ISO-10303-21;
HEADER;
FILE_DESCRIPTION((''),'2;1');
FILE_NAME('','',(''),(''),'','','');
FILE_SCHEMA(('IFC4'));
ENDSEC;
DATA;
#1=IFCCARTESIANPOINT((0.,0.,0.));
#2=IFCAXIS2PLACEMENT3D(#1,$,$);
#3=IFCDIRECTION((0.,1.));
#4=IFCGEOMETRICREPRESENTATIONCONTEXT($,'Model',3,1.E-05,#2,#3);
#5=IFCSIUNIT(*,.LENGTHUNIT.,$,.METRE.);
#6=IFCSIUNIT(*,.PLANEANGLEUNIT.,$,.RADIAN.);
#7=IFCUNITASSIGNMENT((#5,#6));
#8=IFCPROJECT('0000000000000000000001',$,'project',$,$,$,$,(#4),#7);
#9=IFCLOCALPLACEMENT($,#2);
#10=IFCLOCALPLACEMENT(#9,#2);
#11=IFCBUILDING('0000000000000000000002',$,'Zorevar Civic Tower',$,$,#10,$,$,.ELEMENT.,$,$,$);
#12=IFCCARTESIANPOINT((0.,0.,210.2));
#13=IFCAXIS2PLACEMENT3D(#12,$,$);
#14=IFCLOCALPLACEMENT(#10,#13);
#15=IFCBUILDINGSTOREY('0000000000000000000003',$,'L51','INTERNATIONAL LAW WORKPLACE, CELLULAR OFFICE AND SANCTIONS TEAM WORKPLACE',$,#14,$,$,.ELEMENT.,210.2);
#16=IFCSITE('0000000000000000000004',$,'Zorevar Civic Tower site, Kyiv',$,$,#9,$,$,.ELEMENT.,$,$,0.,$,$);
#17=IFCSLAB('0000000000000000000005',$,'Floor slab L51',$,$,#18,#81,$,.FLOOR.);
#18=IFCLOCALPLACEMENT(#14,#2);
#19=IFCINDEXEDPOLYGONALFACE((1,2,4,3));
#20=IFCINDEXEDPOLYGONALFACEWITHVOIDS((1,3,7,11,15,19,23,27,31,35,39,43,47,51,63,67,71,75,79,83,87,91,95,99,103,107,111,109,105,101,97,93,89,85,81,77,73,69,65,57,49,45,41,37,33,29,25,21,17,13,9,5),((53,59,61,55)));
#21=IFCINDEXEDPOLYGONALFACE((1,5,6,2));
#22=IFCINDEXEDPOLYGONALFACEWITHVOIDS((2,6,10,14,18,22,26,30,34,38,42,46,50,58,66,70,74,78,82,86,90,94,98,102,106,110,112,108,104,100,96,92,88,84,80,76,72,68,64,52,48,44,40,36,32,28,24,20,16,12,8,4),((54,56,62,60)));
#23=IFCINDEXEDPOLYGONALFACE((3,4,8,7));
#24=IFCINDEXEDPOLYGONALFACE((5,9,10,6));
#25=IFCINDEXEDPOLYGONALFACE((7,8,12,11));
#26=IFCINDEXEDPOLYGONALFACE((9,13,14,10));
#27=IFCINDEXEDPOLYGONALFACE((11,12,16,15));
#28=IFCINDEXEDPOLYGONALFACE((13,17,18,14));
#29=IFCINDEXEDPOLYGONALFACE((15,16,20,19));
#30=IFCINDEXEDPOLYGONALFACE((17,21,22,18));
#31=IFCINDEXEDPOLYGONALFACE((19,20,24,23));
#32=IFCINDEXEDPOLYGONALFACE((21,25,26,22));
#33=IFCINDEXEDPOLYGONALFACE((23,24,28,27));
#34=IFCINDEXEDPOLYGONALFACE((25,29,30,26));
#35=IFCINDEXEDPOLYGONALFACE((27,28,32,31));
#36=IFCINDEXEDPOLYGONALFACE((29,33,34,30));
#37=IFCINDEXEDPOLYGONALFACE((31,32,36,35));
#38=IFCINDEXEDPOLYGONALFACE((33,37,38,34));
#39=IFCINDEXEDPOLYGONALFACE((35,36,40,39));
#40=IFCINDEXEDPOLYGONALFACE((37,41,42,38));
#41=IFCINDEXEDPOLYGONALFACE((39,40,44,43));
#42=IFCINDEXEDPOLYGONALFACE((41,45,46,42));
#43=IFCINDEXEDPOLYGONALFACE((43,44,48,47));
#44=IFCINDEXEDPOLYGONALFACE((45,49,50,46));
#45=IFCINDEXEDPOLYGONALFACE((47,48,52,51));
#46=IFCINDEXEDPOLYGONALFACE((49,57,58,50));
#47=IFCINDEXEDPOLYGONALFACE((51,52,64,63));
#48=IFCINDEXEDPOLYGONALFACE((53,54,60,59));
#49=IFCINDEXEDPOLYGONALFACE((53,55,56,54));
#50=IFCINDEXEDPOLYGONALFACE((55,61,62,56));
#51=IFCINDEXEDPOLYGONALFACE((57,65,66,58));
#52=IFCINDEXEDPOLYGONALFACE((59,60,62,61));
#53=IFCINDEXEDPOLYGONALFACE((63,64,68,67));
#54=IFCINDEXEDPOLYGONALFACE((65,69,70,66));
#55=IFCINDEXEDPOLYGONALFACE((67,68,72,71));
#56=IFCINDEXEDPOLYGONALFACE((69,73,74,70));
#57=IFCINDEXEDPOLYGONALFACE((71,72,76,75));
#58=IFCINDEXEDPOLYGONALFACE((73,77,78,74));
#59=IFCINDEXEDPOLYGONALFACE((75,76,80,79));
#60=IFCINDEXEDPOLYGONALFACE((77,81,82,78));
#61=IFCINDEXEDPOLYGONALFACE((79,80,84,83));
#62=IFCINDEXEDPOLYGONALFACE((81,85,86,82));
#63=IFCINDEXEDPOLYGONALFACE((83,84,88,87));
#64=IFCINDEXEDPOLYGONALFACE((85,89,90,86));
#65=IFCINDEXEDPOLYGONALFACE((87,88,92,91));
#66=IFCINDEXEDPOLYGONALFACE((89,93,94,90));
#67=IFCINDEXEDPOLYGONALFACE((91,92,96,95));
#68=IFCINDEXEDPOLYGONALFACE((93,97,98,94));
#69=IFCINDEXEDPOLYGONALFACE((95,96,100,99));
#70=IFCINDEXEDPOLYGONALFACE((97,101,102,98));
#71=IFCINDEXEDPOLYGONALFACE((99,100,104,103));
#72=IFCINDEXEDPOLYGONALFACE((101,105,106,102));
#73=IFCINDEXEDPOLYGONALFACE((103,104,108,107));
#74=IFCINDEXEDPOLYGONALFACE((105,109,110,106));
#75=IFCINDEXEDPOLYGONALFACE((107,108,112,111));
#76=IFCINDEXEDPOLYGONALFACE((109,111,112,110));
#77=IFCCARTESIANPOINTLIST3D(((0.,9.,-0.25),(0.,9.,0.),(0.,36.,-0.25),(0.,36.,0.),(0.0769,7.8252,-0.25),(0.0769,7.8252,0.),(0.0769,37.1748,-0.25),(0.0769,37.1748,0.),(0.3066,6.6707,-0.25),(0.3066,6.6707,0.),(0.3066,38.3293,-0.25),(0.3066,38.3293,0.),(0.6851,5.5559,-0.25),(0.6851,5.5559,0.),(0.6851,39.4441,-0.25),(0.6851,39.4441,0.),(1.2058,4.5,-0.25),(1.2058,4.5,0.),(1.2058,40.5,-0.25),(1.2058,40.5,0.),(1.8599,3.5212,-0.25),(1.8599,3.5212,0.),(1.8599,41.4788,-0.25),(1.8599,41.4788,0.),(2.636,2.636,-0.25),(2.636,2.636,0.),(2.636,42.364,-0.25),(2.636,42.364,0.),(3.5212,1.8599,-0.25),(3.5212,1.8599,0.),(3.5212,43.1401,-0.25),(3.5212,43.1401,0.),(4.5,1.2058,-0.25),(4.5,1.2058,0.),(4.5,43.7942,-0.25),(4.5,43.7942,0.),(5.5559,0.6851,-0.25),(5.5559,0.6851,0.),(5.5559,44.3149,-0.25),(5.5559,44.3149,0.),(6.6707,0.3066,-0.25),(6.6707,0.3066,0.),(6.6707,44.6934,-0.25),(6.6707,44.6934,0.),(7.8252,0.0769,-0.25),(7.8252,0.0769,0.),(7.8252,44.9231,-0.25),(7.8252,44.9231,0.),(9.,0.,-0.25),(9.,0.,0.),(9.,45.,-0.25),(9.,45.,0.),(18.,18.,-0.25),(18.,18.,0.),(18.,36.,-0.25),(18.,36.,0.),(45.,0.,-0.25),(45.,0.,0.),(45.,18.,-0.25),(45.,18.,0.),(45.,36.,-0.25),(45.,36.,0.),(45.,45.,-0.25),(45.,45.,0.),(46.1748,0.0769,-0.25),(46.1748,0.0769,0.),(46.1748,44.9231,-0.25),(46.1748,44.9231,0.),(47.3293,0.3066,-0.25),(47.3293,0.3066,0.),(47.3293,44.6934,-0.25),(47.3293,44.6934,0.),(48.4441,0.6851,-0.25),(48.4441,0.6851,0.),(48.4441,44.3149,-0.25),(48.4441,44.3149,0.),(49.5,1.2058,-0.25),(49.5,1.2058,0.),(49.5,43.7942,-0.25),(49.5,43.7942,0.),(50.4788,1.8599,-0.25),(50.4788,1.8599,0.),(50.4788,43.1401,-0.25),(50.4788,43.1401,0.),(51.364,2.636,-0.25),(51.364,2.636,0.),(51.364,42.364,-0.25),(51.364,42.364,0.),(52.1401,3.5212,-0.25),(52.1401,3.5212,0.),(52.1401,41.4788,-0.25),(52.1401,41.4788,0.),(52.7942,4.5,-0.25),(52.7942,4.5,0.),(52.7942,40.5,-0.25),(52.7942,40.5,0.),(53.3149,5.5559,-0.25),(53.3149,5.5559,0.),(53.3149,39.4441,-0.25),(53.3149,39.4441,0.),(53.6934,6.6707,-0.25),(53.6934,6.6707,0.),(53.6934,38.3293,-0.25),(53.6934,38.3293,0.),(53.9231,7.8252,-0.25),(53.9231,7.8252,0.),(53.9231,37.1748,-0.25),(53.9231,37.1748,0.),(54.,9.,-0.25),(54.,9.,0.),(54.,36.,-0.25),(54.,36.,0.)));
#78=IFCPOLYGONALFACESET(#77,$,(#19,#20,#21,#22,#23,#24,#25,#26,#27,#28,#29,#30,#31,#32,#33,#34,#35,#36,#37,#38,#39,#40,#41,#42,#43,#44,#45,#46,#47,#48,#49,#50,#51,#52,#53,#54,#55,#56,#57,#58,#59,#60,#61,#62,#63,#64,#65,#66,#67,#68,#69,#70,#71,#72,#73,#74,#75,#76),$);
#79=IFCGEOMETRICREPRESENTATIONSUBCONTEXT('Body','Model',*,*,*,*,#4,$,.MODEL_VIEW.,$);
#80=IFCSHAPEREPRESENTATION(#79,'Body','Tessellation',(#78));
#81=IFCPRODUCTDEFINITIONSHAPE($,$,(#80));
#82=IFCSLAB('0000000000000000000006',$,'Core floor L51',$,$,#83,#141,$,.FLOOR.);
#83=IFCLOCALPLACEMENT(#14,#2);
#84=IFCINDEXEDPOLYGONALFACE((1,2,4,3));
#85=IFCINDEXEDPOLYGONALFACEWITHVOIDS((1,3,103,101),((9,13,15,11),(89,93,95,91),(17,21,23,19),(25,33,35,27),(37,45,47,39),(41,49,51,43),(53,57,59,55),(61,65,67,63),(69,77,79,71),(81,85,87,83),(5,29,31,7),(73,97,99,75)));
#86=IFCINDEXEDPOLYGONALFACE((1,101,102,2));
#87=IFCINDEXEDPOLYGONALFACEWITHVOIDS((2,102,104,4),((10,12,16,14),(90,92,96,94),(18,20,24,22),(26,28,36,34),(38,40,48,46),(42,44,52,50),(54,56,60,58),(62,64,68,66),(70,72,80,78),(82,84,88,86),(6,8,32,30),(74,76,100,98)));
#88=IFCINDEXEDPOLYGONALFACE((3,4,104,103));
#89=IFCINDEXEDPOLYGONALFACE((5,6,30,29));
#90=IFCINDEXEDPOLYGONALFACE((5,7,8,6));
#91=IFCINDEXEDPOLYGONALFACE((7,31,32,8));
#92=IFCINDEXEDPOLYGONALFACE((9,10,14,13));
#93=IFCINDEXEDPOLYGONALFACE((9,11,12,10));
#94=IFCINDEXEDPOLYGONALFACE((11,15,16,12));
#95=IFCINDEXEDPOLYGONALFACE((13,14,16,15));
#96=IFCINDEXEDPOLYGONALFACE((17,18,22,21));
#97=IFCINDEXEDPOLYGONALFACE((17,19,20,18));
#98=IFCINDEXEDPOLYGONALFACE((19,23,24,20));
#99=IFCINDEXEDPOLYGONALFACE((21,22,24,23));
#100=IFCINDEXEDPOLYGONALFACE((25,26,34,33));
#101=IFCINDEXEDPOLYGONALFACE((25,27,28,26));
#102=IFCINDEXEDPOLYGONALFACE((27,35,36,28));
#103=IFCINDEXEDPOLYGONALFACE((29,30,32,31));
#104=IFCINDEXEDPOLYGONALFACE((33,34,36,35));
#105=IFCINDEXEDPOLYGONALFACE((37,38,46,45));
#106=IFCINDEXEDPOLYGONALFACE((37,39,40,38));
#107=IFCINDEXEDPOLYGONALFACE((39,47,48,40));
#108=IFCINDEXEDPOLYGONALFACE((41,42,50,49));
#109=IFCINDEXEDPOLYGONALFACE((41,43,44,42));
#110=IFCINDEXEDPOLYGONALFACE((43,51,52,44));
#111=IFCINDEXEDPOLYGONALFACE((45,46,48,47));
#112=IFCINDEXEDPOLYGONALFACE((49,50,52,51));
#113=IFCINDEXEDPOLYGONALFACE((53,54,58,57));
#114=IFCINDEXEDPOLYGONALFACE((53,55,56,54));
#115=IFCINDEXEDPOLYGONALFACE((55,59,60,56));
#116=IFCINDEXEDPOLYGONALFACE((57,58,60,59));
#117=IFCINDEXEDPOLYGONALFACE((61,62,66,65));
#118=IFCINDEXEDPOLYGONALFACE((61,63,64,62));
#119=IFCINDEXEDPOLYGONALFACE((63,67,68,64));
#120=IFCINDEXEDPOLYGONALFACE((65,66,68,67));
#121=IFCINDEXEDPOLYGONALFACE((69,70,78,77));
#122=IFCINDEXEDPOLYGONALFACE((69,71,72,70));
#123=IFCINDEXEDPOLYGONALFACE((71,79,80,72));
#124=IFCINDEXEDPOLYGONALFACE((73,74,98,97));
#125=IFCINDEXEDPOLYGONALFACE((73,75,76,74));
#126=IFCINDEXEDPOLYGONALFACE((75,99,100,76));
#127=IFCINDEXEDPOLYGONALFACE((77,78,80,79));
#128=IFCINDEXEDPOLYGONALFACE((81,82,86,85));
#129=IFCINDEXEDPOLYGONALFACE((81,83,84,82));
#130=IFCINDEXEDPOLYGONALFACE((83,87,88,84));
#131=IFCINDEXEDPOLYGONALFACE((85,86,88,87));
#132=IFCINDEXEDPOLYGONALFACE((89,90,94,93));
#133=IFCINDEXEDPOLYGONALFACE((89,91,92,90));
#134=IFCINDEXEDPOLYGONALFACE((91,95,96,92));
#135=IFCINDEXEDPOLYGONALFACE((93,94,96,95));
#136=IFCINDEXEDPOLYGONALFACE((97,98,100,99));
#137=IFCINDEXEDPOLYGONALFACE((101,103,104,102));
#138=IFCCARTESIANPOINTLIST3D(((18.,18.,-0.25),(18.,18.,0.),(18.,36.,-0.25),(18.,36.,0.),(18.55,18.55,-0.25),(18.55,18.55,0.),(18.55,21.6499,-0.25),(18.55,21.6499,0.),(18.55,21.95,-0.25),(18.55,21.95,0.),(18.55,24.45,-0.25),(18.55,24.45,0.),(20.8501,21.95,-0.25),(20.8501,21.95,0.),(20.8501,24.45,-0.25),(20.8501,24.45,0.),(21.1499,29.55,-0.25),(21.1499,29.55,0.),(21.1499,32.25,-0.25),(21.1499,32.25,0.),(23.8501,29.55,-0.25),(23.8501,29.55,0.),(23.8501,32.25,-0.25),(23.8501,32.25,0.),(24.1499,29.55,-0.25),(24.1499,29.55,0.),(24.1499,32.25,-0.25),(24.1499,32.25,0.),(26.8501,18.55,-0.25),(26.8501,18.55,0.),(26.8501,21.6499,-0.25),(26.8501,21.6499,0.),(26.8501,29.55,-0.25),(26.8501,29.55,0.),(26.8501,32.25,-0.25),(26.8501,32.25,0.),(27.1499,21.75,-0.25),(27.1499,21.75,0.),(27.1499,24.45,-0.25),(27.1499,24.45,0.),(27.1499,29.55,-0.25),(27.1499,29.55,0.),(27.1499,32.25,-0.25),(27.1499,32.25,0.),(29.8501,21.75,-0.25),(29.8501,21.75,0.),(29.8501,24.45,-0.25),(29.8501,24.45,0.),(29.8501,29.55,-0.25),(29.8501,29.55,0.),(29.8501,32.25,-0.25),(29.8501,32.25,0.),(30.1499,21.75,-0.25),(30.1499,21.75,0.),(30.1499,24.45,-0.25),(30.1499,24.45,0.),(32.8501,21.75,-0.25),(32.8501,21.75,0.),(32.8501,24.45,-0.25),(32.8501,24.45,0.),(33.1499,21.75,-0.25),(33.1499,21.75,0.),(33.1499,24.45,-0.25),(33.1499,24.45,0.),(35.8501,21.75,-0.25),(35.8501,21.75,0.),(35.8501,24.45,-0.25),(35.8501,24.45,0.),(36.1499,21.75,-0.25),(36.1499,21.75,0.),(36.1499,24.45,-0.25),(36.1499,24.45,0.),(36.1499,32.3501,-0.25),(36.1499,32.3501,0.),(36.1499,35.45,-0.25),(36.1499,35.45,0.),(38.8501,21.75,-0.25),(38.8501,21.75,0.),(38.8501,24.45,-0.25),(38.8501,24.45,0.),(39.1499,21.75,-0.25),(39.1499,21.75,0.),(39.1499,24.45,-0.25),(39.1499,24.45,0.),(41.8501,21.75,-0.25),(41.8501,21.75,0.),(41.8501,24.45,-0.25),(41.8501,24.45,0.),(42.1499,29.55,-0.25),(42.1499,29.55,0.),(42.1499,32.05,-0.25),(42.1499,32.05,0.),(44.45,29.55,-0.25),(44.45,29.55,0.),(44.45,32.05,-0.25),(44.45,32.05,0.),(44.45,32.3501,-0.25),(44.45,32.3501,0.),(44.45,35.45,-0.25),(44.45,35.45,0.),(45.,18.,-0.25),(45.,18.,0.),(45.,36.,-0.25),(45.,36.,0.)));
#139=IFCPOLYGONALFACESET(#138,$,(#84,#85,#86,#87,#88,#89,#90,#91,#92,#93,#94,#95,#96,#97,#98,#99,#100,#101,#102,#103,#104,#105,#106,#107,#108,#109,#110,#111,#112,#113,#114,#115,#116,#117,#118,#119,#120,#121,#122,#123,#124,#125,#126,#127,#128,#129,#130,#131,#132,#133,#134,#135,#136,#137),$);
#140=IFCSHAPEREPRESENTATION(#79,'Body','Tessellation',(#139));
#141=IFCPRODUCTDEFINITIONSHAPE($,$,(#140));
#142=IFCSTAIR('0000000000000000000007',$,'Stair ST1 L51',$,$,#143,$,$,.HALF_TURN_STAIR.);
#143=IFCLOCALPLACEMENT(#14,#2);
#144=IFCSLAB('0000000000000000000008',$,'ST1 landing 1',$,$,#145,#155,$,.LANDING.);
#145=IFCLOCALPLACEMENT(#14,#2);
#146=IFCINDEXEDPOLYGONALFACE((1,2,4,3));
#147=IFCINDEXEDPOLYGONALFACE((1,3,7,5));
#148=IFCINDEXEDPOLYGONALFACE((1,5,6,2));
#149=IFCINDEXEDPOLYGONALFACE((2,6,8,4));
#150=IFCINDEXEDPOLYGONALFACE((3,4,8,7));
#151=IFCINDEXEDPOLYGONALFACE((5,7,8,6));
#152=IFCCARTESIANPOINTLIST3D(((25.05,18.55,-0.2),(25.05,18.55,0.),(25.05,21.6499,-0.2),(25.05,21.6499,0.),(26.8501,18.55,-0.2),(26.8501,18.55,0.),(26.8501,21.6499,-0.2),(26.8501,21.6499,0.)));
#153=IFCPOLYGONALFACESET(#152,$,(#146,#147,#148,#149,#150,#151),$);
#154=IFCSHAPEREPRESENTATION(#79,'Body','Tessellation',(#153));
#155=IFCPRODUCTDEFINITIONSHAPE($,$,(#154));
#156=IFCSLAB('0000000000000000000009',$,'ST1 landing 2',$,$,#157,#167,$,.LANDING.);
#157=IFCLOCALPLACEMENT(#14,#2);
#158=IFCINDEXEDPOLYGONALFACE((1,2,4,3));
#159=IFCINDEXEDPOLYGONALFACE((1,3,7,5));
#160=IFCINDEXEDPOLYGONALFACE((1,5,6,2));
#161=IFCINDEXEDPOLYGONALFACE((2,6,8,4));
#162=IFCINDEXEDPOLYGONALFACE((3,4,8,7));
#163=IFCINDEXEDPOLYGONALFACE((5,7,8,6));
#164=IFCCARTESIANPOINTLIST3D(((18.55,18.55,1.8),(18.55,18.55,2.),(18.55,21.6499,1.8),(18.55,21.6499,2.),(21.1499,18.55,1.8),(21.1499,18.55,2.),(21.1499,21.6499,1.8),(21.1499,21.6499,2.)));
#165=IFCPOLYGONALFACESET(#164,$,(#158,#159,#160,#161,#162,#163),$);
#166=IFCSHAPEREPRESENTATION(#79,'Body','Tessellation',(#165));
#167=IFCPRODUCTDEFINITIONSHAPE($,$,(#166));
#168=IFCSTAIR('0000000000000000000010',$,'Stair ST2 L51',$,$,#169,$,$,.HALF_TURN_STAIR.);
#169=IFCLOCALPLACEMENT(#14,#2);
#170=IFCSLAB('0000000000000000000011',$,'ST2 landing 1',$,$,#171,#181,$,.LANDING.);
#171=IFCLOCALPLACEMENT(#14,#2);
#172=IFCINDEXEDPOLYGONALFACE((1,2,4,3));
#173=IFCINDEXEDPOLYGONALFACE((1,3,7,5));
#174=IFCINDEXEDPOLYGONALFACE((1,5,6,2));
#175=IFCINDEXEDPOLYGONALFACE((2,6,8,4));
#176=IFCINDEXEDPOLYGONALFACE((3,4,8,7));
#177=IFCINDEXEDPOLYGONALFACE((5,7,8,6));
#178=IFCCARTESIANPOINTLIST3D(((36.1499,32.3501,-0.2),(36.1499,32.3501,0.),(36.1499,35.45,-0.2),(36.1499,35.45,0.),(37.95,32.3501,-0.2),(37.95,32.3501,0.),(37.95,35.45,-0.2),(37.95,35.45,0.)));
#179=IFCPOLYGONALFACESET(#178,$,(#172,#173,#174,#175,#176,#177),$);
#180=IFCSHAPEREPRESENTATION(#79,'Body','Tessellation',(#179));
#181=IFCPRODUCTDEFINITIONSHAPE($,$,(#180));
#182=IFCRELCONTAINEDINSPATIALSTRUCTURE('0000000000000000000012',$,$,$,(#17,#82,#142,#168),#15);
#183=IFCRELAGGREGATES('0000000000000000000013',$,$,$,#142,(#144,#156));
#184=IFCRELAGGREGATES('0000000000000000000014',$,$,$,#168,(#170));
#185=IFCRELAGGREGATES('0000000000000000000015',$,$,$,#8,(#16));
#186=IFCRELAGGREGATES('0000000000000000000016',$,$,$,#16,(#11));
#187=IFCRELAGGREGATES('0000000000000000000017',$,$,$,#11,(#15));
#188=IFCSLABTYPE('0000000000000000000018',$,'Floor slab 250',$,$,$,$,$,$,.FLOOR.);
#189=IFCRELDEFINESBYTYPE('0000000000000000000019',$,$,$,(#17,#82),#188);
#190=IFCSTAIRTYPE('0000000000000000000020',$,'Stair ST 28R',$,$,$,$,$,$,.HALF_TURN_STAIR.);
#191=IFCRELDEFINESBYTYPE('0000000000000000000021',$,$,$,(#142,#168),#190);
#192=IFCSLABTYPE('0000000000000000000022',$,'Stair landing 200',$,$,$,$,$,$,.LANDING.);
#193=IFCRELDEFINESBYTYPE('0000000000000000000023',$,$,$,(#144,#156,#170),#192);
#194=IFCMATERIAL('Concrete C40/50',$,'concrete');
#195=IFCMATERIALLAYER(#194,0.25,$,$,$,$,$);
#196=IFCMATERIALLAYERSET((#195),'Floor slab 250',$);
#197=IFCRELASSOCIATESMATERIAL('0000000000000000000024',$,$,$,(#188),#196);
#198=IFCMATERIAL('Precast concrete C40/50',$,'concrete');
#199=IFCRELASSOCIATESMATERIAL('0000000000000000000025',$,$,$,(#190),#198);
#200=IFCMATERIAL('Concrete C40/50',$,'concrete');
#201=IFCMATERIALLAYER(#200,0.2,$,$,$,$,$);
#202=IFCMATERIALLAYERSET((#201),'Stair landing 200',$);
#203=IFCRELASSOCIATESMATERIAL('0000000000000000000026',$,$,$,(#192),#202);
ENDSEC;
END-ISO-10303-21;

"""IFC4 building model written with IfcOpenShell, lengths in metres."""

from ifc_helpers import new_model, si_unit, direction, frame, origin, place, context, subcontext, project, spatial, polyline, outline, extrude, material, layer, layer_set, type_object, element, aggregate, save


model = new_model("IFC4")

# Units and contexts
model_context = context("Model", 3, precision=1e-05, world=origin(), true_north=direction((0.0, 1.0)))
body_context = subcontext(model_context, "Body", "Model", "MODEL_VIEW")
ifc_project = project(units=[si_unit("LENGTHUNIT", "METRE"), si_unit("PLANEANGLEUNIT", "RADIAN")], contexts=[model_context])

# Site, building, storey
site_placement = place(None, origin())
site = spatial("IfcSite", under=ifc_project, at=site_placement, Name="Zorevar Civic Tower site, Kyiv", CompositionType="ELEMENT", RefElevation=0.0)
building_placement = place(site_placement, origin())
building = spatial("IfcBuilding", under=site, at=building_placement, Name="Zorevar Civic Tower", CompositionType="ELEMENT")
storey_placement = place(building_placement, frame((0.0, 0.0, 210.2)))
storey = spatial("IfcBuildingStorey", under=building, at=storey_placement, Name="L51", Description="INTERNATIONAL LAW WORKPLACE, CELLULAR OFFICE AND SANCTIONS TEAM WORKPLACE", CompositionType="ELEMENT", Elevation=210.2)

# Slabs
ifc_material_1 = material(Name="Concrete C40/50", Category="concrete")
ifc_layer_1 = layer(ifc_material_1, 0.25)
ifc_layer_set_1 = layer_set([ifc_layer_1], Name="Floor slab 250")
slab_type_1 = type_object("IfcSlabType", Name="Floor slab 250", PredefinedType="FLOOR", material=ifc_layer_set_1)
slab_1_placement = place(storey_placement, frame((0.0, 0.0, -0.25)))
element("IfcSlab", 1, at=slab_1_placement, inside=storey, type_object=slab_type_1, Name="Floor slab L51", PredefinedType="FLOOR", context=body_context, shape_type="SweptSolid", body=[
    extrude(outline(polyline([(45.0, 0.0), (46.1748, 0.0769), (47.3293, 0.3066), (48.4441, 0.6851), (49.5, 1.2058), (50.4788, 1.8599), (51.364, 2.636), (52.1401, 3.5212), (52.7942, 4.5), (53.3149, 5.5559), (53.6934, 6.6707), (53.9231, 7.8252), (54.0, 9.0), (54.0, 36.0), (53.9231, 37.1748), (53.6934, 38.3293), (53.3149, 39.4441), (52.7942, 40.5), (52.1401, 41.4788), (51.364, 42.364), (50.4788, 43.1401), (49.5, 43.7942), (48.4441, 44.3149), (47.3293, 44.6934), (46.1748, 44.9231), (45.0, 45.0), (9.0, 45.0), (7.8252, 44.9231), (6.6707, 44.6934), (5.5559, 44.3149), (4.5, 43.7942), (3.5212, 43.1401), (2.636, 42.364), (1.8599, 41.4788), (1.2058, 40.5), (0.6851, 39.4441), (0.3066, 38.3293), (0.0769, 37.1748), (0.0, 36.0), (0.0, 9.0), (0.0769, 7.8252), (0.3066, 6.6707), (0.6851, 5.5559), (1.2058, 4.5), (1.8599, 3.5212), (2.636, 2.636), (3.5212, 1.8599), (4.5, 1.2058), (5.5559, 0.6851), (6.6707, 0.3066), (7.8252, 0.0769), (9.0, 0.0), (45.0, 0.0)]), holes=[polyline([(18.0, 18.0), (45.0, 18.0), (45.0, 36.0), (18.0, 36.0), (18.0, 18.0)])]), origin(), (0.0, 0.0, 1.0), 0.25),
])
slab_2_placement = place(storey_placement, frame((0.0, 0.0, -0.25)))
element("IfcSlab", 2, at=slab_2_placement, inside=storey, type_object=slab_type_1, Name="Core floor L51", PredefinedType="FLOOR", context=body_context, shape_type="SweptSolid", body=[
    extrude(outline(polyline([(18.0, 18.0), (45.0, 18.0), (45.0, 36.0), (18.0, 36.0), (18.0, 18.0)]), holes=[polyline([(18.55, 18.55), (26.8501, 18.55), (26.8501, 21.6499), (18.55, 21.6499), (18.55, 18.55)]), polyline([(36.1499, 32.3501), (44.45, 32.3501), (44.45, 35.45), (36.1499, 35.45), (36.1499, 32.3501)]), polyline([(18.55, 21.95), (20.8501, 21.95), (20.8501, 24.45), (18.55, 24.45), (18.55, 21.95)]), polyline([(42.1499, 29.55), (44.45, 29.55), (44.45, 32.05), (42.1499, 32.05), (42.1499, 29.55)]), polyline([(27.1499, 21.75), (29.8501, 21.75), (29.8501, 24.45), (27.1499, 24.45), (27.1499, 21.75)]), polyline([(30.1499, 21.75), (32.8501, 21.75), (32.8501, 24.45), (30.1499, 24.45), (30.1499, 21.75)]), polyline([(33.1499, 21.75), (35.8501, 21.75), (35.8501, 24.45), (33.1499, 24.45), (33.1499, 21.75)]), polyline([(27.1499, 29.55), (29.8501, 29.55), (29.8501, 32.25), (27.1499, 32.25), (27.1499, 29.55)]), polyline([(36.1499, 21.75), (38.8501, 21.75), (38.8501, 24.45), (36.1499, 24.45), (36.1499, 21.75)]), polyline([(24.1499, 29.55), (26.8501, 29.55), (26.8501, 32.25), (24.1499, 32.25), (24.1499, 29.55)]), polyline([(39.1499, 21.75), (41.8501, 21.75), (41.8501, 24.45), (39.1499, 24.45), (39.1499, 21.75)]), polyline([(21.1499, 29.55), (23.8501, 29.55), (23.8501, 32.25), (21.1499, 32.25), (21.1499, 29.55)])]), origin(), (0.0, 0.0, 1.0), 0.25),
])

# Stairs, slabs
ifc_material_2 = material(Name="Precast concrete C40/50", Category="concrete")
stair_type = type_object("IfcStairType", Name="Stair ST 28R", PredefinedType="HALF_TURN_STAIR", material=ifc_material_2)
stair_1_placement = place(storey_placement, origin())
stair_1 = element("IfcStair", 3, at=stair_1_placement, inside=storey, type_object=stair_type, Name="Stair ST1 L51", PredefinedType="HALF_TURN_STAIR")
ifc_material_3 = material(Name="Concrete C40/50", Category="concrete")
ifc_layer_2 = layer(ifc_material_3, 0.2)
ifc_layer_set_2 = layer_set([ifc_layer_2], Name="Stair landing 200")
slab_type_2 = type_object("IfcSlabType", Name="Stair landing 200", PredefinedType="LANDING", material=ifc_layer_set_2)
slab_3_placement = place(storey_placement, frame((0.0, 0.0, -0.2)))
slab_3 = element("IfcSlab", 4, at=slab_3_placement, type_object=slab_type_2, Name="ST1 landing 1", PredefinedType="LANDING", context=body_context, shape_type="SweptSolid", body=[
    extrude(outline(polyline([(25.05, 18.55), (26.8501, 18.55), (26.8501, 21.6499), (25.05, 21.6499), (25.05, 18.55)])), origin(), (0.0, 0.0, 1.0), 0.2),
])
slab_4_placement = place(storey_placement, frame((0.0, 0.0, 1.8)))
slab_4 = element("IfcSlab", 5, at=slab_4_placement, type_object=slab_type_2, Name="ST1 landing 2", PredefinedType="LANDING", context=body_context, shape_type="SweptSolid", body=[
    extrude(outline(polyline([(18.55, 18.55), (21.1499, 18.55), (21.1499, 21.6499), (18.55, 21.6499), (18.55, 18.55)])), origin(), (0.0, 0.0, 1.0), 0.2),
])
aggregate(stair_1, [slab_3, slab_4])
stair_2_placement = place(storey_placement, origin())
stair_2 = element("IfcStair", 6, at=stair_2_placement, inside=storey, type_object=stair_type, Name="Stair ST2 L51", PredefinedType="HALF_TURN_STAIR")
slab_5_placement = place(storey_placement, frame((0.0, 0.0, -0.2)))
slab_5 = element("IfcSlab", 7, at=slab_5_placement, type_object=slab_type_2, Name="ST2 landing 1", PredefinedType="LANDING", context=body_context, shape_type="SweptSolid", body=[
    extrude(outline(polyline([(37.95, 32.3501), (36.1499, 32.3501), (36.1499, 35.45), (37.95, 35.45), (37.95, 32.3501)])), origin(), (0.0, 0.0, 1.0), 0.2),
])
aggregate(stair_2, [slab_5])

save(model, "model.ifc")
